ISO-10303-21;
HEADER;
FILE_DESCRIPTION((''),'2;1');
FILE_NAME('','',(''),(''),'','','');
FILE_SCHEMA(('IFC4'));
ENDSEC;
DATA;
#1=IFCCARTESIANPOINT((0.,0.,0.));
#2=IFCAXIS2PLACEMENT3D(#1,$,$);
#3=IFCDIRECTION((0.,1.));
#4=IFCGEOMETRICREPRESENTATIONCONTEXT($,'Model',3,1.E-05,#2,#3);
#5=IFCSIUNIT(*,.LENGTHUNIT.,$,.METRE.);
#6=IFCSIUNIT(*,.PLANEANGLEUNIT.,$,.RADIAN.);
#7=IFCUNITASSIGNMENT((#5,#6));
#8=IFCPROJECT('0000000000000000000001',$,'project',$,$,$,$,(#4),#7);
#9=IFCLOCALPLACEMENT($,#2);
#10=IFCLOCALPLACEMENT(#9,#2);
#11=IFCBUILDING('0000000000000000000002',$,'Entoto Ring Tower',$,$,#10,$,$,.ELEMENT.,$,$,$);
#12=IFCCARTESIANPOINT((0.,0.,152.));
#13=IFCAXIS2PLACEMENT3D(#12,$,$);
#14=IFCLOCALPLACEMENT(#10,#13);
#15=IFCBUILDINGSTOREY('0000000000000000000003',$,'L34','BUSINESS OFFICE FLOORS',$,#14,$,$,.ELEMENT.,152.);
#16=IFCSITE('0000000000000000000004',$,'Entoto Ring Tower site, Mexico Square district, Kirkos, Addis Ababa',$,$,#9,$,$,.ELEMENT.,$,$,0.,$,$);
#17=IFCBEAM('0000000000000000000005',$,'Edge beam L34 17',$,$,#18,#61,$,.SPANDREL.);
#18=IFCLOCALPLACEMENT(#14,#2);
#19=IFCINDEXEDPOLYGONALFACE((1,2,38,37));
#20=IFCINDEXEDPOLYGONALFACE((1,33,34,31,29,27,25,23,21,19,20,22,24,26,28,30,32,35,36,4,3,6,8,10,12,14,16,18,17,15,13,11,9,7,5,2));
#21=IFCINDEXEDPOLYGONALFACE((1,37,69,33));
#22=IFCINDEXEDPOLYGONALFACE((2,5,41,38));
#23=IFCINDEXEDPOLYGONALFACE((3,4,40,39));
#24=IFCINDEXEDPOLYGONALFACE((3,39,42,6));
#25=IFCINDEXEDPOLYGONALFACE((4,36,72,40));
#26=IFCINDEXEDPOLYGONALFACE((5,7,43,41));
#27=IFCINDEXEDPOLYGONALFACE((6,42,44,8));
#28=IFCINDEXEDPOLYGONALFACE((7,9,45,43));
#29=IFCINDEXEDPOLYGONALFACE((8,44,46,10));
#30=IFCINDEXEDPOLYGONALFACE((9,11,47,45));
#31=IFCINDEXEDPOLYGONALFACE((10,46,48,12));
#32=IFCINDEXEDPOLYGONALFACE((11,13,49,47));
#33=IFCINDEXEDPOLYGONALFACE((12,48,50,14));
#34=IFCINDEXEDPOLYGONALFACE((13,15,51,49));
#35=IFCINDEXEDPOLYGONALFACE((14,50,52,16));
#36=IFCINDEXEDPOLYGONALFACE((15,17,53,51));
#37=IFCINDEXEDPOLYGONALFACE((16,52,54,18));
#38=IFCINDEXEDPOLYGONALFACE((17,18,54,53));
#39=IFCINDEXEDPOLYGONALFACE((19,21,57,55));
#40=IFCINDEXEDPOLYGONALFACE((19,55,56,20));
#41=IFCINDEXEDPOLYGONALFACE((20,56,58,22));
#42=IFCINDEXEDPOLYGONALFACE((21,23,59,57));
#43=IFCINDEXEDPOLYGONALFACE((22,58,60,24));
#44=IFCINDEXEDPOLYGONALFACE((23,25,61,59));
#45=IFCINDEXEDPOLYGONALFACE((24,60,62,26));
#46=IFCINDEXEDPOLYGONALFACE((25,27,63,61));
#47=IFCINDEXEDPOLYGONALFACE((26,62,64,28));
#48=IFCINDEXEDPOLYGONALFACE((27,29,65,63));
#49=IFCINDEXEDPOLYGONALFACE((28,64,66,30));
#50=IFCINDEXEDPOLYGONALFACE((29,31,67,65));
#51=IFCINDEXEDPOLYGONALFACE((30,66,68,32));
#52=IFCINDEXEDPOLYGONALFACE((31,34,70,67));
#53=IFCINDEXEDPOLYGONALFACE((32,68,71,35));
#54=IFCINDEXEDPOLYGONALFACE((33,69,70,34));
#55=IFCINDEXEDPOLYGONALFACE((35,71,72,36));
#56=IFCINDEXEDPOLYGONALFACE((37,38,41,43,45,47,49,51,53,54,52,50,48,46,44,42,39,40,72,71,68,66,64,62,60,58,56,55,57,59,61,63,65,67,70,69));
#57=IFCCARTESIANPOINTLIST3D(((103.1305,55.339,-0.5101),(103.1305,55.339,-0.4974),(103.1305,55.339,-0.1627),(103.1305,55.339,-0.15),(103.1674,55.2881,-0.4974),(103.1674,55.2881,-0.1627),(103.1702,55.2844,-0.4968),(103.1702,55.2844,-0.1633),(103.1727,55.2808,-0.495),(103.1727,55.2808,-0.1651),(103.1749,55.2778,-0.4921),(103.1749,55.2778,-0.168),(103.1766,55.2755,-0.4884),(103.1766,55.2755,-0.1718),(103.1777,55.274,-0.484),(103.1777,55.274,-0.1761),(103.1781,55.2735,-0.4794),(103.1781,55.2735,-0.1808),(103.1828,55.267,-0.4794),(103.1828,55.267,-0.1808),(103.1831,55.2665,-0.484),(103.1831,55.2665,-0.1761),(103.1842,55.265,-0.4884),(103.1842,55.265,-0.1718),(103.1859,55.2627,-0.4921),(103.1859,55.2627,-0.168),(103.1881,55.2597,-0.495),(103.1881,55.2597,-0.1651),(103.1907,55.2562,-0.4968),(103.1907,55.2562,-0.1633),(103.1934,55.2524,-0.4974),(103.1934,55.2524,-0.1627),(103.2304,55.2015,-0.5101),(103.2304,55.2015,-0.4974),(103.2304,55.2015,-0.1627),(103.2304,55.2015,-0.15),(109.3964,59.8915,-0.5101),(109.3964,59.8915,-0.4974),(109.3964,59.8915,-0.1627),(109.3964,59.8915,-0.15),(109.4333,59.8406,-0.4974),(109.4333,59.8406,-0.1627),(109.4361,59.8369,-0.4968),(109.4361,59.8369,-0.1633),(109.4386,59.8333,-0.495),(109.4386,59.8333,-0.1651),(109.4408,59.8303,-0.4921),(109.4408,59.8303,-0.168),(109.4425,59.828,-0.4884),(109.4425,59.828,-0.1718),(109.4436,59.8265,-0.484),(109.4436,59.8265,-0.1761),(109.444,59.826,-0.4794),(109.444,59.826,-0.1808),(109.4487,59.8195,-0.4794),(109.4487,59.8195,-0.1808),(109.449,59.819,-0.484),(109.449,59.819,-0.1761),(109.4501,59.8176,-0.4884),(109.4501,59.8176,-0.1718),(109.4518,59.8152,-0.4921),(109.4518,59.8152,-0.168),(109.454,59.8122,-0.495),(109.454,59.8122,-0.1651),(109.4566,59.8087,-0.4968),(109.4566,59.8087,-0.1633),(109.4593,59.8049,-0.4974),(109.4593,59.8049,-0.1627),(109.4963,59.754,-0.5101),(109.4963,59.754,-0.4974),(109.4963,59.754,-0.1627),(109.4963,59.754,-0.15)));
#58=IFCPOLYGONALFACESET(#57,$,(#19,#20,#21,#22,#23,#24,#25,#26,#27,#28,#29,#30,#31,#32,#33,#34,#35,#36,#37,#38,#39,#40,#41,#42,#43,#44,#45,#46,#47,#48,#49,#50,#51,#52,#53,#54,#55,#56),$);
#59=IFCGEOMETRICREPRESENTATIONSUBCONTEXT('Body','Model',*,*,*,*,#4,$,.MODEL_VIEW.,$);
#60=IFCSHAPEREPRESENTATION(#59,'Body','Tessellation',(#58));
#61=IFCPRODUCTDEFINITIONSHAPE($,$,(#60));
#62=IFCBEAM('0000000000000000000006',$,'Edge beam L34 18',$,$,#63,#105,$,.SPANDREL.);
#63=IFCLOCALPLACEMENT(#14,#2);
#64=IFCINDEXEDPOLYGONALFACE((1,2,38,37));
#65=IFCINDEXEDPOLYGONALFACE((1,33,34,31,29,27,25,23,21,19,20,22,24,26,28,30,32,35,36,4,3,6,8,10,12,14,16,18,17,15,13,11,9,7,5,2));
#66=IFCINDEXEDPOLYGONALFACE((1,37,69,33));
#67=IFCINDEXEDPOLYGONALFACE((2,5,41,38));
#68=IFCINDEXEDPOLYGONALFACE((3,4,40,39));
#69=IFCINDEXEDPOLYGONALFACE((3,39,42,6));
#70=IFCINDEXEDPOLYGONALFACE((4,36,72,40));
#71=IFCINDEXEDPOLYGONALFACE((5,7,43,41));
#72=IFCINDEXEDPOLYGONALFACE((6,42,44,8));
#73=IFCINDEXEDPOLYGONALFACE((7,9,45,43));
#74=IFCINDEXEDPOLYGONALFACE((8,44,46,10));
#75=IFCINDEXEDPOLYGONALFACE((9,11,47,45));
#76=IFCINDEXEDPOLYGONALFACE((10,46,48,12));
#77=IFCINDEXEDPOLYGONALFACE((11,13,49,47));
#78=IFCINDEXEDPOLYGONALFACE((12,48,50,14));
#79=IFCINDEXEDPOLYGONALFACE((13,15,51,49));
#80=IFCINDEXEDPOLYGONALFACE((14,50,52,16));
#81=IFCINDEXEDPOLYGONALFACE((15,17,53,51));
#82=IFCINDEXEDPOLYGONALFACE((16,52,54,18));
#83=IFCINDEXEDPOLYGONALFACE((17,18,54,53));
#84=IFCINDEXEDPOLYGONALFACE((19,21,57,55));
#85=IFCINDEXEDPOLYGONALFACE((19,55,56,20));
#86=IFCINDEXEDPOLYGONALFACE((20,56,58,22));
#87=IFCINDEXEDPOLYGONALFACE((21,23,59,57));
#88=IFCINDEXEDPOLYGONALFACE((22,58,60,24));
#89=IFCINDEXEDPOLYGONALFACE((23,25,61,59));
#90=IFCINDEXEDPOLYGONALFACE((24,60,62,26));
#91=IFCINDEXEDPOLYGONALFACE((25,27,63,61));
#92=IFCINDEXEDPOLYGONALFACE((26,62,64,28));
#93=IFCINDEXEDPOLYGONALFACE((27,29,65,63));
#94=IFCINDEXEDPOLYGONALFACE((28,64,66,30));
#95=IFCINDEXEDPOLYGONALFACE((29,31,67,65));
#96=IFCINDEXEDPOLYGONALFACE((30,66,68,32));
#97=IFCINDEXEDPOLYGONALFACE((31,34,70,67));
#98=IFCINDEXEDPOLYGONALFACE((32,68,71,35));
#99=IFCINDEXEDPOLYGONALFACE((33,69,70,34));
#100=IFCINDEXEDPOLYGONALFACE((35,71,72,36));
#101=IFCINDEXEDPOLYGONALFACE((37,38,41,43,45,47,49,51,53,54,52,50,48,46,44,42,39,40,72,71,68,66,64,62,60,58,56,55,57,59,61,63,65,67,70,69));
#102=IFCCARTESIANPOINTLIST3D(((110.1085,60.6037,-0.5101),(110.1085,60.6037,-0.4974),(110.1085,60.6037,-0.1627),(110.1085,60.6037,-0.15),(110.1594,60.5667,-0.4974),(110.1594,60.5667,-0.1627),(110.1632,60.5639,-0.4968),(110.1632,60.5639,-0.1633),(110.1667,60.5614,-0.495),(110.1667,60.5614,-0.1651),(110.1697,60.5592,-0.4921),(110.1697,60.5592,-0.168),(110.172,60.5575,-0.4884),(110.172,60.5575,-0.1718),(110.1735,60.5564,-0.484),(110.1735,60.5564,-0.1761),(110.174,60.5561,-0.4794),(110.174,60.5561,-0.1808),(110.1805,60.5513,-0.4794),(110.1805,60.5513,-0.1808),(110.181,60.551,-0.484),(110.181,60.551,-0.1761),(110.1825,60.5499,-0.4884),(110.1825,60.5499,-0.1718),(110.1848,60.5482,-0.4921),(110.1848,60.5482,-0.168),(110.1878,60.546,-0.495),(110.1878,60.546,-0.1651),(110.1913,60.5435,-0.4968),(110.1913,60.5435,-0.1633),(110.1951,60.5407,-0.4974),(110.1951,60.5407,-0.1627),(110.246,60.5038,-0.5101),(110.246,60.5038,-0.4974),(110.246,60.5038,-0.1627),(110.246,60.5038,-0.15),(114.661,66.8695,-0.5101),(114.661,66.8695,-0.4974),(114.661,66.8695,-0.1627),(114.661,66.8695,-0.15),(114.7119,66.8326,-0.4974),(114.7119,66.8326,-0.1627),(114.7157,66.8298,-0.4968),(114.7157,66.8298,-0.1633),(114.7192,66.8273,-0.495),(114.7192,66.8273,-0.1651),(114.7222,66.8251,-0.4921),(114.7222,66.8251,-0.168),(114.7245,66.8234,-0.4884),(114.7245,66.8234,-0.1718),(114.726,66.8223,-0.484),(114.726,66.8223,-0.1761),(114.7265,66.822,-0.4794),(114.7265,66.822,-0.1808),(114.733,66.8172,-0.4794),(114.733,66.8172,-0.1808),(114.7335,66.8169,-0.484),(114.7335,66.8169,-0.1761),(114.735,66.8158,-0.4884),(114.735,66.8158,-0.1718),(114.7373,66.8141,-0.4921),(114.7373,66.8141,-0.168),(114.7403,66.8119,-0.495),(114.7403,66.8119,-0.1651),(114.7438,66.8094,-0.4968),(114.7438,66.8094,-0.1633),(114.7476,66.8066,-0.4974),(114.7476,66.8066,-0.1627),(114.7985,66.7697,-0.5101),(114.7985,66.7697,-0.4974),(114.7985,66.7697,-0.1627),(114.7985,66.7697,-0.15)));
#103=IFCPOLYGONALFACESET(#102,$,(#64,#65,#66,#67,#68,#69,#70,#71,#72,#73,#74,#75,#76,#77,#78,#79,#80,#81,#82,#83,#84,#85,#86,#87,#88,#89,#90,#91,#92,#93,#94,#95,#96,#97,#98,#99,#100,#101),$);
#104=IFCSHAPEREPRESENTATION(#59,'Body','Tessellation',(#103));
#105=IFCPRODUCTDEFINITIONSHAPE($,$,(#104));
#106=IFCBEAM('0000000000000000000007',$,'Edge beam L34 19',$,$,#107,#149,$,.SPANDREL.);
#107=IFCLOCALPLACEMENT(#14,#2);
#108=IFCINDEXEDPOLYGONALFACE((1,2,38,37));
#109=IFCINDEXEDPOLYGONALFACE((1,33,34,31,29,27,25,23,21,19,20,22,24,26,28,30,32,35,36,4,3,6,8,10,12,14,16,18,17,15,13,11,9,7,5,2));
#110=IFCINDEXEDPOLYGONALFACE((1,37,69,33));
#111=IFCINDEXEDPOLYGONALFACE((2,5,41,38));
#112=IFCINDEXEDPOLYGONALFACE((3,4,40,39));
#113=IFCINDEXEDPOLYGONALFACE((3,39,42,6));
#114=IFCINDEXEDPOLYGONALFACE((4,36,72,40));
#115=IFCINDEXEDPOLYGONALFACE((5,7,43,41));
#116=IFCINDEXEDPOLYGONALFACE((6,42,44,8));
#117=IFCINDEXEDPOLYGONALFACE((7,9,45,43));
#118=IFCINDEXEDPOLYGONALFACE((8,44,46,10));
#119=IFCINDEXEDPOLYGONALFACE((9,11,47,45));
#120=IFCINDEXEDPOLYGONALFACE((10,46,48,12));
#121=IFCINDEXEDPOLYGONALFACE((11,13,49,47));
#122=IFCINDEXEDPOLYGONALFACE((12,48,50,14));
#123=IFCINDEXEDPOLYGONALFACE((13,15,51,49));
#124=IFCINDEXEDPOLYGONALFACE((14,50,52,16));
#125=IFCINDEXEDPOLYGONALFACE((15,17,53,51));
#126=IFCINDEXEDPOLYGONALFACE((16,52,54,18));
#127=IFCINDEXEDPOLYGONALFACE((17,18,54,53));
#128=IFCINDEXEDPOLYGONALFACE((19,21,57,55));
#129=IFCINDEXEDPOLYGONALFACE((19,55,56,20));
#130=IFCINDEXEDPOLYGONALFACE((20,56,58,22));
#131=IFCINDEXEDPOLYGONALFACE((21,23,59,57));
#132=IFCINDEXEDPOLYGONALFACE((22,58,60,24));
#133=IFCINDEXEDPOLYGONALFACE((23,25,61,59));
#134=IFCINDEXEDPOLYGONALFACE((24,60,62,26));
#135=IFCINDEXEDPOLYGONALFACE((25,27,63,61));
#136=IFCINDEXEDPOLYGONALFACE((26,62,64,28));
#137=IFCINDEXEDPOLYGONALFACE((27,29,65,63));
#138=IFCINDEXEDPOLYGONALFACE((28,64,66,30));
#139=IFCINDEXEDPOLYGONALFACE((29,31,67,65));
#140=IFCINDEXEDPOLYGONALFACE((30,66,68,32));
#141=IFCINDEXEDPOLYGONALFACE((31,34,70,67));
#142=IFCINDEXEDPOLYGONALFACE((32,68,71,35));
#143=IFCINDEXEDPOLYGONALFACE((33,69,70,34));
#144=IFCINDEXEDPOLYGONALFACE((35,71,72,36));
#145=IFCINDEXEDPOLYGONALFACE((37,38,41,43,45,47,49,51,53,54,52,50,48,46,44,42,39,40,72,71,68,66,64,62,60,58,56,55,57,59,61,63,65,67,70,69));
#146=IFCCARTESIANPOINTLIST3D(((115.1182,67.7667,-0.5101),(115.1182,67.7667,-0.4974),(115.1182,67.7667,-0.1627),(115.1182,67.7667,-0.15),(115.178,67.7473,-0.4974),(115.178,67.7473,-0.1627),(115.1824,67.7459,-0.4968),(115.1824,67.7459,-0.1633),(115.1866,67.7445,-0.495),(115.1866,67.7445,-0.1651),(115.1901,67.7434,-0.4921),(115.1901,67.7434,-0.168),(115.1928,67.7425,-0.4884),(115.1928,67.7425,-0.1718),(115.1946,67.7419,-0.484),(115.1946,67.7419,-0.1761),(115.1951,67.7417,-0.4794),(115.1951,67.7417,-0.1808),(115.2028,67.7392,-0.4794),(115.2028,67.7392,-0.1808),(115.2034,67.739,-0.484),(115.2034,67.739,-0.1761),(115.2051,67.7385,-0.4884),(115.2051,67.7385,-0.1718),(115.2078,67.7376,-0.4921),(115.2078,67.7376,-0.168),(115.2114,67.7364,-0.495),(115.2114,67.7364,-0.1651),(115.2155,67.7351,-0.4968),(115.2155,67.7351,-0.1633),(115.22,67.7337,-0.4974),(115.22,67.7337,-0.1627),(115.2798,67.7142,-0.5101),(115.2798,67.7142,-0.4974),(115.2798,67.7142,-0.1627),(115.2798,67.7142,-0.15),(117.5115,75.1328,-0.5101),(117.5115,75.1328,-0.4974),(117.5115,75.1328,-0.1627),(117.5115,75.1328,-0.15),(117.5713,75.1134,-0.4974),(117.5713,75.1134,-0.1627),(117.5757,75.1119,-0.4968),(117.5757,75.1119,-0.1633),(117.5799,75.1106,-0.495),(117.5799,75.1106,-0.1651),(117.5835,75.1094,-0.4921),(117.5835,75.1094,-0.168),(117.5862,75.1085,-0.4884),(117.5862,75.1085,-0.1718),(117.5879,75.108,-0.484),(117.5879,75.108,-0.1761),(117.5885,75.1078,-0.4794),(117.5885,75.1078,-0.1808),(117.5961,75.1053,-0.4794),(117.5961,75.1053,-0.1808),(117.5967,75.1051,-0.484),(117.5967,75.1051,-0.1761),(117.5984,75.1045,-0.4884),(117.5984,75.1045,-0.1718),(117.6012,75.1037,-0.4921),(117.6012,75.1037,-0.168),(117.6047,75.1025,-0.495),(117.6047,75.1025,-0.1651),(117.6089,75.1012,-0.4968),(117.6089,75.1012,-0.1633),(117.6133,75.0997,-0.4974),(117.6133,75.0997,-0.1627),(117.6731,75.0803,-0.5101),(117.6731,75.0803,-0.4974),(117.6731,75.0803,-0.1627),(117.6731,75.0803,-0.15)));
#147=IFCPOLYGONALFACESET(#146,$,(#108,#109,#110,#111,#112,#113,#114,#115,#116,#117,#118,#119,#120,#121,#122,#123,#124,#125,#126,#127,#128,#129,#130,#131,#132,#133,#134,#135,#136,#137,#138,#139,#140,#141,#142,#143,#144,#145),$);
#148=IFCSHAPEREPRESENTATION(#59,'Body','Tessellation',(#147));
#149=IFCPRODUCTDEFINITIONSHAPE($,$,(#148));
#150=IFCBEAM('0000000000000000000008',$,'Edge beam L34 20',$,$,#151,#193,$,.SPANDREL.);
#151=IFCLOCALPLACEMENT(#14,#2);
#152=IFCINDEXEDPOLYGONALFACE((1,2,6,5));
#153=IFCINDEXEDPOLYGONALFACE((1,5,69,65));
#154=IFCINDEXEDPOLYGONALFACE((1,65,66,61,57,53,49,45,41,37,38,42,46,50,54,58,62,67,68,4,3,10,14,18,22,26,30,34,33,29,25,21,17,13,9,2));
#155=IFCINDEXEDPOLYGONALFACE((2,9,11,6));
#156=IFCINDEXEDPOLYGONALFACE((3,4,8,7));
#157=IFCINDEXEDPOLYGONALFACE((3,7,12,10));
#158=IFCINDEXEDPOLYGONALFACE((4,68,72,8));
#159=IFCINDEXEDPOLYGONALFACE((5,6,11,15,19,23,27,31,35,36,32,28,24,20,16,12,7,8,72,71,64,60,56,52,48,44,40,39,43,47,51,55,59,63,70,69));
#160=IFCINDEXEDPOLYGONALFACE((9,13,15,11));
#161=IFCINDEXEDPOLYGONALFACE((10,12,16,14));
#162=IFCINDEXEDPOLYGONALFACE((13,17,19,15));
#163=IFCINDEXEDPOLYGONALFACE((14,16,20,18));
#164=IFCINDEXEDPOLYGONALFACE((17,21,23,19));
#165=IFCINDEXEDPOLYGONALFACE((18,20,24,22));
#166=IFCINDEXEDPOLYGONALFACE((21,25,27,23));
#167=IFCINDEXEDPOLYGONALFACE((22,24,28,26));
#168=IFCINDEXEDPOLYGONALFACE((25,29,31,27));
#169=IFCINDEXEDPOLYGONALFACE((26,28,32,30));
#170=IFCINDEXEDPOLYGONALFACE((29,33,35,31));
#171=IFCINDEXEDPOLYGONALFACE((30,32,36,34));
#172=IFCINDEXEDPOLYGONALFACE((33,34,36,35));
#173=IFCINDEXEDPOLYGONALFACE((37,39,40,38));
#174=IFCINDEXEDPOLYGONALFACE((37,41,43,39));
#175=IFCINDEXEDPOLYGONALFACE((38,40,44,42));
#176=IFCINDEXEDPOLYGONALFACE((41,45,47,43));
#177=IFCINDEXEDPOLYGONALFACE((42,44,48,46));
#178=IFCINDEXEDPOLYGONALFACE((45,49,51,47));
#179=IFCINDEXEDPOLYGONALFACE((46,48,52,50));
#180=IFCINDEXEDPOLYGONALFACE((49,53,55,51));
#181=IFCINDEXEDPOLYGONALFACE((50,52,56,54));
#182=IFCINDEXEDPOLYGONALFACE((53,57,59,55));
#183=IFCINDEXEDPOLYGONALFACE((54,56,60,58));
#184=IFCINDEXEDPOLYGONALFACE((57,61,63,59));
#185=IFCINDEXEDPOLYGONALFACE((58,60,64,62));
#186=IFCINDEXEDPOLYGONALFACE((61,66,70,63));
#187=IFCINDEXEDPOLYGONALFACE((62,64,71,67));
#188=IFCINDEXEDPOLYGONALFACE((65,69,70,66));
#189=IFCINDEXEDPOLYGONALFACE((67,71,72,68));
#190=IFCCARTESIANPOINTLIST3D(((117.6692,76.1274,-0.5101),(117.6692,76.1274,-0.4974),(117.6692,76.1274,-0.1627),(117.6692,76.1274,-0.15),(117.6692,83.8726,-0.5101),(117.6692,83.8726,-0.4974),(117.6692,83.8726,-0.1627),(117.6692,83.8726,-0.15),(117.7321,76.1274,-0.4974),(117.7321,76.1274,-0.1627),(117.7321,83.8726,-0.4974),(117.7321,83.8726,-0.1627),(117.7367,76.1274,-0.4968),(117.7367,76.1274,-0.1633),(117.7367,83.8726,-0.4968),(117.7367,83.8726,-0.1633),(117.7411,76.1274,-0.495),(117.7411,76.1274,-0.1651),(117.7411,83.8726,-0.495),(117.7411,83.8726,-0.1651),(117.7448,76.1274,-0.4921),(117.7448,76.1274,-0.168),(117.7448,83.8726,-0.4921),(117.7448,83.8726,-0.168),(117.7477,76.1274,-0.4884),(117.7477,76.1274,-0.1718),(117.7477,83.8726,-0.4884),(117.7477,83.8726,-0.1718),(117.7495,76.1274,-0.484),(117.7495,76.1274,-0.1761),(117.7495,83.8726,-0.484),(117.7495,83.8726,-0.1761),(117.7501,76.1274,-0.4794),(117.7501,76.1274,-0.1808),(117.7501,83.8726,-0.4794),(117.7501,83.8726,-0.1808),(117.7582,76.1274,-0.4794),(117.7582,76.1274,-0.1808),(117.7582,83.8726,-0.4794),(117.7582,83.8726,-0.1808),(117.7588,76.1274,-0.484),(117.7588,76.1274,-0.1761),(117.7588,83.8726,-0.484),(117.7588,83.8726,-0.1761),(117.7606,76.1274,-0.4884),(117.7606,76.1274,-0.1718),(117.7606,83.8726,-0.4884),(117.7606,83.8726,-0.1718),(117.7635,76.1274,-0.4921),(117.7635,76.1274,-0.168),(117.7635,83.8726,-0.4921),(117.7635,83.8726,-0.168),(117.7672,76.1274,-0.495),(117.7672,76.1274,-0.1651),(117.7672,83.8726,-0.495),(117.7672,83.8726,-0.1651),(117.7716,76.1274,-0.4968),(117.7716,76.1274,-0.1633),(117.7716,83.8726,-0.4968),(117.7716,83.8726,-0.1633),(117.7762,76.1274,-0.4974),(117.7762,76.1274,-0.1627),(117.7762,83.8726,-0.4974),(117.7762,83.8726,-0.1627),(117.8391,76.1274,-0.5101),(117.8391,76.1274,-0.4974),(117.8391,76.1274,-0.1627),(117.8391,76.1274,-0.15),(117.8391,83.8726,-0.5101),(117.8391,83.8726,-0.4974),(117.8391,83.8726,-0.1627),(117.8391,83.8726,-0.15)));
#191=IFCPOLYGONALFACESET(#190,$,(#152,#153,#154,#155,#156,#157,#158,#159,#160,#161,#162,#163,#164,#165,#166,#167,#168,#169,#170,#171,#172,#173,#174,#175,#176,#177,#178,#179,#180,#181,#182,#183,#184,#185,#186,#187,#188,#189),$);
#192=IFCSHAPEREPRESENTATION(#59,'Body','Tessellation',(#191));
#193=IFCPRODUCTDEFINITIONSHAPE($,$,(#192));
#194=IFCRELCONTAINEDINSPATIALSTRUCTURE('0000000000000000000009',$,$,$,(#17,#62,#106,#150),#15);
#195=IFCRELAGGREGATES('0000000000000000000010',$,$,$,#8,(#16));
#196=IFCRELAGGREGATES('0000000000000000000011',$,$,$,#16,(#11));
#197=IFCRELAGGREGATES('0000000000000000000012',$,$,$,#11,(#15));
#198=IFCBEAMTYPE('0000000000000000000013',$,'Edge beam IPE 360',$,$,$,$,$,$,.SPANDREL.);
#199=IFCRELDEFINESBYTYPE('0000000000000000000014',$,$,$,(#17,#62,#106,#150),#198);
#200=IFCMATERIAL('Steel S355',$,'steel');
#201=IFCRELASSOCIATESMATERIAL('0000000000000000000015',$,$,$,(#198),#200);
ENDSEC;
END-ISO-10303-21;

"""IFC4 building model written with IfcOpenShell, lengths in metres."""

from ifc_helpers import new_model, si_unit, direction, frame, origin, origin_2d, place, context, subcontext, project, spatial, i_section, extrude, material, material_profile, profile_set, type_object, element, save


model = new_model("IFC4")

# Units and contexts
model_context = context("Model", 3, precision=1e-05, world=origin(), true_north=direction((0.0, 1.0)))
body_context = subcontext(model_context, "Body", "Model", "MODEL_VIEW")
ifc_project = project(units=[si_unit("LENGTHUNIT", "METRE"), si_unit("PLANEANGLEUNIT", "RADIAN")], contexts=[model_context])

# Site, building, storey
site_placement = place(None, origin())
site = spatial("IfcSite", under=ifc_project, at=site_placement, Name="Entoto Ring Tower site, Mexico Square district, Kirkos, Addis Ababa", CompositionType="ELEMENT", RefElevation=0.0)
building_placement = place(site_placement, origin())
building = spatial("IfcBuilding", under=site, at=building_placement, Name="Entoto Ring Tower", CompositionType="ELEMENT")
storey_placement = place(building_placement, frame((0.0, 0.0, 152.0)))
storey = spatial("IfcBuildingStorey", under=building, at=storey_placement, Name="L34", Description="BUSINESS OFFICE FLOORS", CompositionType="ELEMENT", Elevation=152.0)

# Beams
ifc_material_1 = material(Name="Steel S355", Category="steel")
ifc_material_profile_1 = material_profile(ifc_material_1, i_section(OverallWidth=0.1699, OverallDepth=0.3601, WebThickness=0.0081, FlangeThickness=0.0127, FilletRadius=0.0181, at=origin_2d()), Name="IPE 360")
ifc_profile_set_1 = profile_set([ifc_material_profile_1], Name="Steel S355")
beam_type_1 = type_object("IfcBeamType", Name="Edge beam IPE 360", PredefinedType="SPANDREL", material=ifc_profile_set_1)
for number, where, z_axis, x_axis, name in (
    (1, (103.1804, 55.2703, -0.3301), (0.809013, 0.587791, 0.0), (-0.587791, 0.809013, 0.0), "Edge beam L34 17"),
    (2, (110.1772, 60.5537, -0.3301), (0.587791, 0.809013, 0.0), (-0.809013, 0.587791, 0.0), "Edge beam L34 18"),
    (3, (115.199, 67.7405, -0.3301), (0.309013, 0.951058, 0.0), (-0.951058, 0.309013, 0.0), "Edge beam L34 19"),
    (4, (117.7542, 76.1274, -0.3301), (0.0, 1.0, 0.0), (-1.0, 0.0, 0.0), "Edge beam L34 20"),
):
    element("IfcBeam", number, at=place(storey_placement, frame(where, z_axis=z_axis, x_axis=x_axis)), inside=storey, type_object=beam_type_1, Name=name, PredefinedType="SPANDREL", context=body_context, shape_type="SweptSolid", body=[
        extrude(i_section(OverallWidth=0.1699, OverallDepth=0.3601, WebThickness=0.0081, FlangeThickness=0.0127, FilletRadius=0.0181, at=origin_2d()), origin(), (0.0, 0.0, 1.0), 7.7451),
    ])

save(model, "model.ifc")
